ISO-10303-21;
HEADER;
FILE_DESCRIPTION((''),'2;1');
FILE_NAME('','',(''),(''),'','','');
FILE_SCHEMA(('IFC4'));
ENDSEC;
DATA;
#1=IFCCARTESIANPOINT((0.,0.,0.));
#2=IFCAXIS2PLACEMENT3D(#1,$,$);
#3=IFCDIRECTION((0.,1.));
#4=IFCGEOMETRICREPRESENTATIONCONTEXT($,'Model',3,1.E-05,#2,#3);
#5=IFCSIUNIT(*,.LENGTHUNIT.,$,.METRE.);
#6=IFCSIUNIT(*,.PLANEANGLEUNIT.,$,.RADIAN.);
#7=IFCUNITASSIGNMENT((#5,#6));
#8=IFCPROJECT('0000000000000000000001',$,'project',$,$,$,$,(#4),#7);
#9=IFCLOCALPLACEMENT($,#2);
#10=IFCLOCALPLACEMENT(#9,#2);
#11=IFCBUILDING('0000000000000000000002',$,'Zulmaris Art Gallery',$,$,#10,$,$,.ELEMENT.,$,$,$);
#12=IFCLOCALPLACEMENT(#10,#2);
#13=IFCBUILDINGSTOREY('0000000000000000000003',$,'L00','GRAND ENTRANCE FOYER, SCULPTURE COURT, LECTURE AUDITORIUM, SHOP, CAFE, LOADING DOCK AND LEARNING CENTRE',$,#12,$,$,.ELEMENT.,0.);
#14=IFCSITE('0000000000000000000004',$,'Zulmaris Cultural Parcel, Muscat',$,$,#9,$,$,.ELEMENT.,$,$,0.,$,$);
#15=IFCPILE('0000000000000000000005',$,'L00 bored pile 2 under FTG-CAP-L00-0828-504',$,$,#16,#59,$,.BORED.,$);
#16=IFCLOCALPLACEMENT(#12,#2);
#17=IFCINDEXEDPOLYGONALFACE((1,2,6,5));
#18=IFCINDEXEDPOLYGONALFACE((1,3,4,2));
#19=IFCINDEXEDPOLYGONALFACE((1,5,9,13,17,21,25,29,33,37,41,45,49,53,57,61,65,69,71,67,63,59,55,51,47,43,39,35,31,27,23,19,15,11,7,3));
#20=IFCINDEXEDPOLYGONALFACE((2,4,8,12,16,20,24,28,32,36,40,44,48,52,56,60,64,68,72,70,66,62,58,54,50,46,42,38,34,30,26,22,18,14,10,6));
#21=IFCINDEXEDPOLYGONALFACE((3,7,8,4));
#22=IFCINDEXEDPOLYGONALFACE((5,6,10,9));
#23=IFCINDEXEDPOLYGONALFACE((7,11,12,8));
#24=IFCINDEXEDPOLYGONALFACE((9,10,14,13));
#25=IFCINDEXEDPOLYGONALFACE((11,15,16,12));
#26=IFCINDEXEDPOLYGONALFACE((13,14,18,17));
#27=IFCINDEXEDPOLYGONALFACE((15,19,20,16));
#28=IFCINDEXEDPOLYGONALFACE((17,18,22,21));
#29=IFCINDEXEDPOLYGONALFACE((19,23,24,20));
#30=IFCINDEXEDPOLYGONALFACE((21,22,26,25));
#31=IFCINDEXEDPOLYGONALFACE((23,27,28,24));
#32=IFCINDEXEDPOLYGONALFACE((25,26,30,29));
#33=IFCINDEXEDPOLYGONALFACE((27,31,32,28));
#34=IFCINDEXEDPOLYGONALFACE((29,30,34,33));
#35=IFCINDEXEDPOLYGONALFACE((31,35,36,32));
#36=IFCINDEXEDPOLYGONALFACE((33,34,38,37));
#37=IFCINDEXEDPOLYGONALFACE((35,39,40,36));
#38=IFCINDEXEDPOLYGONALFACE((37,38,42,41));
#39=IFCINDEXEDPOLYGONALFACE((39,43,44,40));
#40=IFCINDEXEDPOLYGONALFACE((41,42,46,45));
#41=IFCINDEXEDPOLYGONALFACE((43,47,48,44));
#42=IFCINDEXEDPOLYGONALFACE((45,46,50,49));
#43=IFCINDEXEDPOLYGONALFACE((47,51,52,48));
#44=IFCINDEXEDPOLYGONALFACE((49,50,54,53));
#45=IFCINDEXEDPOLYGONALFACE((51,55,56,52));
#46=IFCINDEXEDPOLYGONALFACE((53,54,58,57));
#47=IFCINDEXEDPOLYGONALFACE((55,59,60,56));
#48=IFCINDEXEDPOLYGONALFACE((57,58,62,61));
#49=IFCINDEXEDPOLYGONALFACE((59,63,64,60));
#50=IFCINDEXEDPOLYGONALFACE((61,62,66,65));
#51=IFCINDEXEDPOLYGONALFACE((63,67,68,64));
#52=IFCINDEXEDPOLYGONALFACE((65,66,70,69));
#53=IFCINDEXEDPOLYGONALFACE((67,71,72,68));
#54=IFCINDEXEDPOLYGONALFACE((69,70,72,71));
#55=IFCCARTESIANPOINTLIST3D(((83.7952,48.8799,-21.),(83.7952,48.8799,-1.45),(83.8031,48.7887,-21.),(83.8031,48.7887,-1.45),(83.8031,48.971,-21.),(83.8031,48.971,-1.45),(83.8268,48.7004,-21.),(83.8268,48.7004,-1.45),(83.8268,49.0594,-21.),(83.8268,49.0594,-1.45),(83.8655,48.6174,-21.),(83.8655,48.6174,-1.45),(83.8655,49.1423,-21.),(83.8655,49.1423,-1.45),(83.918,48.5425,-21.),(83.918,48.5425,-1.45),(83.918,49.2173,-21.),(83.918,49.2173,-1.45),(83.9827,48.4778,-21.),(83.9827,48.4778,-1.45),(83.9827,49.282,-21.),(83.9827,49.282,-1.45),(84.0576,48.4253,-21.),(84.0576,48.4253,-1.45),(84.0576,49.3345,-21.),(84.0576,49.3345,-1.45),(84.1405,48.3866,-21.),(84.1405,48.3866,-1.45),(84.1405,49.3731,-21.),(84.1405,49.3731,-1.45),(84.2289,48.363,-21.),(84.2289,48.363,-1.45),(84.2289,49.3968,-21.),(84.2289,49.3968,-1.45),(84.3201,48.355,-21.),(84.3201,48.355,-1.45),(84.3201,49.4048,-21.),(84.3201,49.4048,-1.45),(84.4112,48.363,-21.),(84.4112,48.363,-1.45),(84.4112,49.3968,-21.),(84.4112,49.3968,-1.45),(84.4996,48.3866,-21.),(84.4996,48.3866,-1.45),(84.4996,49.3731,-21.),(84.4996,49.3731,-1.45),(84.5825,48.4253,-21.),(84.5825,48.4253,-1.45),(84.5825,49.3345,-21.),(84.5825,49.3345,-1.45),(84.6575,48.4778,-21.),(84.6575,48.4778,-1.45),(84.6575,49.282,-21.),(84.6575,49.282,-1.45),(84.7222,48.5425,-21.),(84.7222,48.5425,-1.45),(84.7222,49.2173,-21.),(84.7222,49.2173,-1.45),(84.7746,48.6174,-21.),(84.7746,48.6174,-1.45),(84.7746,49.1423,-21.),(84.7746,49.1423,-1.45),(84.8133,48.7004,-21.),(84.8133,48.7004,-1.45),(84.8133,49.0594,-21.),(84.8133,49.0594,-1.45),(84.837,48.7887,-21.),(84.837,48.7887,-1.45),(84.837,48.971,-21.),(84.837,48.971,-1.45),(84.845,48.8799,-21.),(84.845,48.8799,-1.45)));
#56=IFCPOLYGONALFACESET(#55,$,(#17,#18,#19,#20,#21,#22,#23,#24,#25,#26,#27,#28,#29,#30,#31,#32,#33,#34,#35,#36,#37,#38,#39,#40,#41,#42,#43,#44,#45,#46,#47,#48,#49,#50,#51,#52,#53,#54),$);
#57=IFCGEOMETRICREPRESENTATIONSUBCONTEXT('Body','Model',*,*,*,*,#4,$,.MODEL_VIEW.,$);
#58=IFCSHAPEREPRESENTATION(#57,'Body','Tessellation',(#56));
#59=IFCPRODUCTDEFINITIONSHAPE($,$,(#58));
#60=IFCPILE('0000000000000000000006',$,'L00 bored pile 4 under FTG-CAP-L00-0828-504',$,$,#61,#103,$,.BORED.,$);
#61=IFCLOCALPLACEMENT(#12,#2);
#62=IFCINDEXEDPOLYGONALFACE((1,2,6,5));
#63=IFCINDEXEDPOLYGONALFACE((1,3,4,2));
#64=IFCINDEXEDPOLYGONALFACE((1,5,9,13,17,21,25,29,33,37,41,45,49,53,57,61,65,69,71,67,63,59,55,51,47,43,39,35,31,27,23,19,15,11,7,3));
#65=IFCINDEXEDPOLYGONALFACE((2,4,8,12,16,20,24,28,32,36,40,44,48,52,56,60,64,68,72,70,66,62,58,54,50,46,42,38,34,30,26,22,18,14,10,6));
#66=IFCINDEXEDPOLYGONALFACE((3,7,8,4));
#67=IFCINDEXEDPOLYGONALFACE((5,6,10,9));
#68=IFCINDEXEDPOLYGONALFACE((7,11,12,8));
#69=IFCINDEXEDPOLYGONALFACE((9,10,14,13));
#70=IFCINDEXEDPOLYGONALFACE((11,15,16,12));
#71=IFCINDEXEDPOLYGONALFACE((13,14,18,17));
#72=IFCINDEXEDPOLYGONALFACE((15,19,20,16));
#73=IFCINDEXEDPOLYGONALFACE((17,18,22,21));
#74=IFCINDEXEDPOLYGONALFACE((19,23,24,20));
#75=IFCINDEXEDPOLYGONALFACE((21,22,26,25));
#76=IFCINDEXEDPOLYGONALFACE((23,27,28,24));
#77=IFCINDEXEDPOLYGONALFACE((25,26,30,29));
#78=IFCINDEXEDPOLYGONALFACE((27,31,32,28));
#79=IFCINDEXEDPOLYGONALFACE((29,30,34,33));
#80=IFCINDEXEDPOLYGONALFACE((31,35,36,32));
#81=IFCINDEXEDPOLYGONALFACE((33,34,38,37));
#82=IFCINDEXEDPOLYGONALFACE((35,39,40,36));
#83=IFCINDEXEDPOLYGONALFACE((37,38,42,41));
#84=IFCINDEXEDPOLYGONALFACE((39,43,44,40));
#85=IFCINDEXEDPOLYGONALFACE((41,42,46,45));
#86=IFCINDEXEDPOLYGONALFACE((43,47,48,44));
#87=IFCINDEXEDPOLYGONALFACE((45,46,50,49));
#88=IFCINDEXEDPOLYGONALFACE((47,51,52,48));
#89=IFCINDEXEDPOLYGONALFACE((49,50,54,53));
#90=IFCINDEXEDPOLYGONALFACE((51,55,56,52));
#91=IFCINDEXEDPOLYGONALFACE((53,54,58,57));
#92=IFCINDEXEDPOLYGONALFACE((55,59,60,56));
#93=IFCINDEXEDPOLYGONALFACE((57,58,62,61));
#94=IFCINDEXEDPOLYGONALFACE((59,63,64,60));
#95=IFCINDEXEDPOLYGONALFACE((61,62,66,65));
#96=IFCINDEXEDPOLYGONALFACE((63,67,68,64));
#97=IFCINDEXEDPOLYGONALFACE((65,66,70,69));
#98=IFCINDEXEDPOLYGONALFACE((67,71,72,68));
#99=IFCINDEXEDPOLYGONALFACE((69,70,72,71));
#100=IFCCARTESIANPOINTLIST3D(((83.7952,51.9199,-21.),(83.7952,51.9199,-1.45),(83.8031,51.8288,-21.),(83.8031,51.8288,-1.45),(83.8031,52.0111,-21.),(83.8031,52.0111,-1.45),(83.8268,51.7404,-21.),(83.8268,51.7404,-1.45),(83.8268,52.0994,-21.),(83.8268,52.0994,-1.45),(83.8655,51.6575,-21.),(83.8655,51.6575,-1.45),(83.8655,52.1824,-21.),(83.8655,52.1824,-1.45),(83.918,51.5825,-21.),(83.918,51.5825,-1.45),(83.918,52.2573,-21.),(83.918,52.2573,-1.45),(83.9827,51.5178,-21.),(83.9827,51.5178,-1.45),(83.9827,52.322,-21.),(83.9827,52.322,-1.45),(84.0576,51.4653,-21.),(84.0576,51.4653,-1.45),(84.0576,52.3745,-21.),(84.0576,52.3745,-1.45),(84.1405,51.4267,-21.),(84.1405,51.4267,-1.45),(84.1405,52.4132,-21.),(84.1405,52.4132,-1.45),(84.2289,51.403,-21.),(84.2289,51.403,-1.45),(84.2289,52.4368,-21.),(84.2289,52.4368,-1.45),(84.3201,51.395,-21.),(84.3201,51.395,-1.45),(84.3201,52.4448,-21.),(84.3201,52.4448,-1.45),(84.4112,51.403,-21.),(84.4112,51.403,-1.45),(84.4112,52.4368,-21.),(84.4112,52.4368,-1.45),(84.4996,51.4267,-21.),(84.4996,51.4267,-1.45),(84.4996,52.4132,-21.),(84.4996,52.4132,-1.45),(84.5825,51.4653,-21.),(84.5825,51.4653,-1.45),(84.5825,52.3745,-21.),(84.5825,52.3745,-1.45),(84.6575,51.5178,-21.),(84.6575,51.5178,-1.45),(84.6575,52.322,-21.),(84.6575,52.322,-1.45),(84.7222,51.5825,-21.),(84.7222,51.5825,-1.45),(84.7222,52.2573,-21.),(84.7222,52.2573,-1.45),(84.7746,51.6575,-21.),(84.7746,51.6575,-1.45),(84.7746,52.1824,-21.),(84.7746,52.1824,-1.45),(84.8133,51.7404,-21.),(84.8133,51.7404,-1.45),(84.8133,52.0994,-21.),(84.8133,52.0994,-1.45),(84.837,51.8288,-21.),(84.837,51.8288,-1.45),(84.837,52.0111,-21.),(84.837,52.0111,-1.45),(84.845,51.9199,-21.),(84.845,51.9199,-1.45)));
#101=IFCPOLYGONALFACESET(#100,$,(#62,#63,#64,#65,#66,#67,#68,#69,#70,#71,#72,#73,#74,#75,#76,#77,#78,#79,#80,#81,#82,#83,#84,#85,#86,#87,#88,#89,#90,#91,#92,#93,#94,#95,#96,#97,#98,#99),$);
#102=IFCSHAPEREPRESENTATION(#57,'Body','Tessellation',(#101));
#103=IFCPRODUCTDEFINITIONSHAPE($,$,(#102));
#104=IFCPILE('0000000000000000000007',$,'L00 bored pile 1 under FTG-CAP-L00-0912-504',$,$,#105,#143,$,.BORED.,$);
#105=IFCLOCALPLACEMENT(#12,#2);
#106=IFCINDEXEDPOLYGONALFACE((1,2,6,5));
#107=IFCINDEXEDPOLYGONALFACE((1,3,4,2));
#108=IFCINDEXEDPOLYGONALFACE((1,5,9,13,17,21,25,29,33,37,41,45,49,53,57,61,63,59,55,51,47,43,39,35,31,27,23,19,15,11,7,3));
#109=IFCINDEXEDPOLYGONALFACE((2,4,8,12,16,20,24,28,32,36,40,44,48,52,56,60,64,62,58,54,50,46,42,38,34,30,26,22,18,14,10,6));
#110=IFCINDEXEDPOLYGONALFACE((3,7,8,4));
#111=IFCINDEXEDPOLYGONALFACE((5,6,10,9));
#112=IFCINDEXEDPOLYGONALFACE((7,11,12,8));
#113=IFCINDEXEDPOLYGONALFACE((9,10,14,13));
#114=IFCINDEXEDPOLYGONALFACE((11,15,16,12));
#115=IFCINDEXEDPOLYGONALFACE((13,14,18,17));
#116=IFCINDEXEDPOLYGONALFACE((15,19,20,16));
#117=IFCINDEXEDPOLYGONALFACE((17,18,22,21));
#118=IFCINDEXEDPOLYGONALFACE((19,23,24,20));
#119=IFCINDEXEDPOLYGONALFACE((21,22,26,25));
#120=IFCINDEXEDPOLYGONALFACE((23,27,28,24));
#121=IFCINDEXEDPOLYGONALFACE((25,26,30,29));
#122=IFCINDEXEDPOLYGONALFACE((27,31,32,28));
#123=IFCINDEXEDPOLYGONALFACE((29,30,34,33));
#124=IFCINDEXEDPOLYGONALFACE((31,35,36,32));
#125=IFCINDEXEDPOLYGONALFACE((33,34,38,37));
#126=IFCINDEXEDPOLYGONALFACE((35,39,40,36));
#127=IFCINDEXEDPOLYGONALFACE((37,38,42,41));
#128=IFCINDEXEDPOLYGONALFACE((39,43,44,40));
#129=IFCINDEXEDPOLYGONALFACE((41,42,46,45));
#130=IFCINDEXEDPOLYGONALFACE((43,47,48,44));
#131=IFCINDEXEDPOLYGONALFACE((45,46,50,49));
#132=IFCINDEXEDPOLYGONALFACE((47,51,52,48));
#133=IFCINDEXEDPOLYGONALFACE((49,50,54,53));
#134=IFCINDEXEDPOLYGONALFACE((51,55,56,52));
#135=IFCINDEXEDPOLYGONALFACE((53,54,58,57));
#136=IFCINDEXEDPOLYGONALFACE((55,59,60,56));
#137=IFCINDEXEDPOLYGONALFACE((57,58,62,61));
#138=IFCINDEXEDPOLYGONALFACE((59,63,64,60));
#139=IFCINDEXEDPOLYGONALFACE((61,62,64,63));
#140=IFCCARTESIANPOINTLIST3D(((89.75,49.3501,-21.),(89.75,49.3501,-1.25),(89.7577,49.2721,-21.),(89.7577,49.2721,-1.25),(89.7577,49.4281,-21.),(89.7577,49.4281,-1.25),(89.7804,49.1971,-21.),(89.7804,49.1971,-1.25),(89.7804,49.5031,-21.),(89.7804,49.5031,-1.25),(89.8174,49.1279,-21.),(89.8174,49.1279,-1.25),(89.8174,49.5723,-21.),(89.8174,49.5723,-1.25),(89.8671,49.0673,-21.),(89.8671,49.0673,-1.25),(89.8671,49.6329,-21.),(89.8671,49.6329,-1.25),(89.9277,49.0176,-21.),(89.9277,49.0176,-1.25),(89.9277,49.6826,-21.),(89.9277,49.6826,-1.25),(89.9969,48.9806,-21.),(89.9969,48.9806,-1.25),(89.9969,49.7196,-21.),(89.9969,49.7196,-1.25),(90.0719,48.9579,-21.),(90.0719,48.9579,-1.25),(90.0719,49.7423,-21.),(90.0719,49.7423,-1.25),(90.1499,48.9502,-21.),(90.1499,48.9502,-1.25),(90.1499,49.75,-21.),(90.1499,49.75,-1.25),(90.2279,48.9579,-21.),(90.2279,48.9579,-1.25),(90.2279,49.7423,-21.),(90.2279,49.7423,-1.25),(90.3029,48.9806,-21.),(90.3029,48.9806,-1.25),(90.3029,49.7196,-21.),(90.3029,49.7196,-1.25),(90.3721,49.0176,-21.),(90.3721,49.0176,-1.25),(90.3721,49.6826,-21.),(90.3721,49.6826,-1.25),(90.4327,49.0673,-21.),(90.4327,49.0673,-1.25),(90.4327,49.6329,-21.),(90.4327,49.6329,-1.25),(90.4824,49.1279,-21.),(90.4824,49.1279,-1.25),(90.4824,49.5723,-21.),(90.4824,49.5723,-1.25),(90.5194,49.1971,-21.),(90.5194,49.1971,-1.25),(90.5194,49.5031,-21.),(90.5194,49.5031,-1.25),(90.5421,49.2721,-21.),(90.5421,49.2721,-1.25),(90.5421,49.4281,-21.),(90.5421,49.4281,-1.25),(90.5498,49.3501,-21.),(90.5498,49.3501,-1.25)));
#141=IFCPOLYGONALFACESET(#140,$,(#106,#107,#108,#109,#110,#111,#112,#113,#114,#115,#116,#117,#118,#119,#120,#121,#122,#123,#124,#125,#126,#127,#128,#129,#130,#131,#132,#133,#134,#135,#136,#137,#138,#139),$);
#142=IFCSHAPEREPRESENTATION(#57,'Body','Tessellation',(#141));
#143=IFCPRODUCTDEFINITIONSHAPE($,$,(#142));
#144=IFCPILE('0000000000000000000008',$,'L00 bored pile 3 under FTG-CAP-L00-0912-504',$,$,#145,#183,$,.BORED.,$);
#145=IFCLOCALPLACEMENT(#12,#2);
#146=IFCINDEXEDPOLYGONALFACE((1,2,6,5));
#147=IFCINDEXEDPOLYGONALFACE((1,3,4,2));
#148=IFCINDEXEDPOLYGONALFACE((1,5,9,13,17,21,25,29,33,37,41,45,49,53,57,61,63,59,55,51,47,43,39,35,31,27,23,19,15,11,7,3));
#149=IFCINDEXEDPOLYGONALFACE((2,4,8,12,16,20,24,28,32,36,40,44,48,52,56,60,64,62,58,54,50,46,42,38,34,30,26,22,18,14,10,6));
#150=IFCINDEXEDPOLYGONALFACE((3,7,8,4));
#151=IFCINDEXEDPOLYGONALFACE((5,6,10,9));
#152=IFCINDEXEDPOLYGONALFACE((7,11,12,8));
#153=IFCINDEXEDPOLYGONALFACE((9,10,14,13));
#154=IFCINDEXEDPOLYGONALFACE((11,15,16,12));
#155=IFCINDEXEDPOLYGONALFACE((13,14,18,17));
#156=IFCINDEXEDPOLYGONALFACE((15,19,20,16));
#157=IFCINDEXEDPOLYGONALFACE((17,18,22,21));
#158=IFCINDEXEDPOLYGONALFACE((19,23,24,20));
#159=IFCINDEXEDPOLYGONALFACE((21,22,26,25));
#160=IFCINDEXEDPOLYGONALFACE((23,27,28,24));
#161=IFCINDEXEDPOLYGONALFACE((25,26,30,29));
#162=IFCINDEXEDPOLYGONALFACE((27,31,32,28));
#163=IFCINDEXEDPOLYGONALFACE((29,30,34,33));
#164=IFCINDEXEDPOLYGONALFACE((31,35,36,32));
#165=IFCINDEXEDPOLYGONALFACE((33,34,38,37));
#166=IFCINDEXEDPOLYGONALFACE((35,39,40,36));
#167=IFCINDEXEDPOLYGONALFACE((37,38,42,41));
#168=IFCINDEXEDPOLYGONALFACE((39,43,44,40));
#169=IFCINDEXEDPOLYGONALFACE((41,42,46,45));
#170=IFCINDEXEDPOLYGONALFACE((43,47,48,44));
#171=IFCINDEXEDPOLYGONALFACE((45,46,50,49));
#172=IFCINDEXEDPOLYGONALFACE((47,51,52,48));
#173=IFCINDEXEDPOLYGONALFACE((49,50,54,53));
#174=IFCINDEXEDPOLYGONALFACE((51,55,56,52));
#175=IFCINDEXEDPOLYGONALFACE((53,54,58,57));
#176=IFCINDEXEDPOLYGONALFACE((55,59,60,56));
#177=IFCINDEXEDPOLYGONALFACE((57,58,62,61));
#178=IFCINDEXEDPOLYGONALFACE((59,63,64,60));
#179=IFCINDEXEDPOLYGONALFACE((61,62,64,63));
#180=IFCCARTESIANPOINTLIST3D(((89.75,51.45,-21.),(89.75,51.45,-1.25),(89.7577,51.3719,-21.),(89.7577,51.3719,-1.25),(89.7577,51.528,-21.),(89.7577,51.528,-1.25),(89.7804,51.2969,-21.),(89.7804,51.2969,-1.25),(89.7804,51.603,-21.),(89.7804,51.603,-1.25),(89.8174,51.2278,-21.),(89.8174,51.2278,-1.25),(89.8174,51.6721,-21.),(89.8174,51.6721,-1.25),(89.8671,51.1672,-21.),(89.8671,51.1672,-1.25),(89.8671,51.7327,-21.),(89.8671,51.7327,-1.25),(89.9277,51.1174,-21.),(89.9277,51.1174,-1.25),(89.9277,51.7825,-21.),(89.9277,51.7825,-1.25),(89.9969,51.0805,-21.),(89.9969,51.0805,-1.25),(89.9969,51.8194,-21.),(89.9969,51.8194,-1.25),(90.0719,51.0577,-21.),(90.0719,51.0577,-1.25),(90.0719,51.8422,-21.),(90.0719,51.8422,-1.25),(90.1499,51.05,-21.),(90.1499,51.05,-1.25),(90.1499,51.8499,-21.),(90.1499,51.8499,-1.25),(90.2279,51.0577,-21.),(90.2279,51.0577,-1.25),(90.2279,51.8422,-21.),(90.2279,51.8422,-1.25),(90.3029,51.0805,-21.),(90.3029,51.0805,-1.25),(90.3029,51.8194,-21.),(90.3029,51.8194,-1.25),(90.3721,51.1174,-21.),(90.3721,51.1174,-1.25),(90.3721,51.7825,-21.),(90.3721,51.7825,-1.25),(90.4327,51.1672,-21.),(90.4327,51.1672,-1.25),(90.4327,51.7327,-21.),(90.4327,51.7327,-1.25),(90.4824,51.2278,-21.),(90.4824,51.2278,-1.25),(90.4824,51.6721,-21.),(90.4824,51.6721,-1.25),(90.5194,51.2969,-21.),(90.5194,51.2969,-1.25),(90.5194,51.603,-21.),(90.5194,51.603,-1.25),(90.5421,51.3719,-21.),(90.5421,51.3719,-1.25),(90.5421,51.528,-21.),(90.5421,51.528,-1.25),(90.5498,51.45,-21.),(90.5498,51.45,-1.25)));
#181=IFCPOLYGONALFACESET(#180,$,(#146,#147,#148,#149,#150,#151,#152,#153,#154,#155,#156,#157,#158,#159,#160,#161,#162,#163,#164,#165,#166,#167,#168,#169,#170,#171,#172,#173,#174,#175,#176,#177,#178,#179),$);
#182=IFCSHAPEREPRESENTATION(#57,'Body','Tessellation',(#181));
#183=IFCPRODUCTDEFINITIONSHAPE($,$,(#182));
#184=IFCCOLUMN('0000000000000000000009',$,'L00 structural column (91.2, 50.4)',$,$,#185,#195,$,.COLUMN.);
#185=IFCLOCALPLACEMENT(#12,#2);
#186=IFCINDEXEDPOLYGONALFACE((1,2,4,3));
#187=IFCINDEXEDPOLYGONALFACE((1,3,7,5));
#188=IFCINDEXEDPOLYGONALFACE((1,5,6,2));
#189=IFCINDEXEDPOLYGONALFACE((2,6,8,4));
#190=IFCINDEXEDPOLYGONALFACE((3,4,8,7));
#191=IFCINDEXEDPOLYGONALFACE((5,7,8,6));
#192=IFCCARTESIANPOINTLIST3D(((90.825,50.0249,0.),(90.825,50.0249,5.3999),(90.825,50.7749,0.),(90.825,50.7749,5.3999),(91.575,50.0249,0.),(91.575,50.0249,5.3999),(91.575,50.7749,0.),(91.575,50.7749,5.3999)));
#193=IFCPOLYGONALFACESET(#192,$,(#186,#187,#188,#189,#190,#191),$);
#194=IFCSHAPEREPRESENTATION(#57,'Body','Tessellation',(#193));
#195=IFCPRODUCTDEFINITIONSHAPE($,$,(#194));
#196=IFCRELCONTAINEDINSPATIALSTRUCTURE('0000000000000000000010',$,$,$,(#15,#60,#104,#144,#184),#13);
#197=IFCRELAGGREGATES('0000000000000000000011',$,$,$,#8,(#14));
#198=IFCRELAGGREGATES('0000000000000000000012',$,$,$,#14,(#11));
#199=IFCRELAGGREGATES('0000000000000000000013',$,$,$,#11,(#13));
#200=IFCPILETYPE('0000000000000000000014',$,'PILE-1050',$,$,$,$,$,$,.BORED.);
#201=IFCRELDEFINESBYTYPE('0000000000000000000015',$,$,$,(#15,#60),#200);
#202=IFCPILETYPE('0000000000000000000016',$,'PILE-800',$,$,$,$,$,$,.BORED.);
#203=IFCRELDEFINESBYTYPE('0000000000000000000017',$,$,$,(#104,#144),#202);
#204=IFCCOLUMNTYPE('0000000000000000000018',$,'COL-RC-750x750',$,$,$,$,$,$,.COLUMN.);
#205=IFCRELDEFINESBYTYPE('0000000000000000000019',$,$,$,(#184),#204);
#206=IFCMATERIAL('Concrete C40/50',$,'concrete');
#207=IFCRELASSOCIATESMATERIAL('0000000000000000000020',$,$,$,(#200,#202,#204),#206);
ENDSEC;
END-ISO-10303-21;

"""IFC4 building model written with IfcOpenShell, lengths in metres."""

from ifc_helpers import new_model, si_unit, direction, frame, origin, origin_2d, place, context, subcontext, project, spatial, rectangle, circle, extrude, material, material_profile, profile_set, type_object, element, save


model = new_model("IFC4")

# Units and contexts
model_context = context("Model", 3, precision=1e-05, world=origin(), true_north=direction((0.0, 1.0)))
body_context = subcontext(model_context, "Body", "Model", "MODEL_VIEW")
ifc_project = project(units=[si_unit("LENGTHUNIT", "METRE"), si_unit("PLANEANGLEUNIT", "RADIAN")], contexts=[model_context])

# Site, building, storey
site_placement = place(None, origin())
site = spatial("IfcSite", under=ifc_project, at=site_placement, Name="Zulmaris Cultural Parcel, Muscat", CompositionType="ELEMENT", RefElevation=0.0)
building_placement = place(site_placement, origin())
building = spatial("IfcBuilding", under=site, at=building_placement, Name="Zulmaris Art Gallery", CompositionType="ELEMENT")
storey_placement = place(building_placement, origin())
storey = spatial("IfcBuildingStorey", under=building, at=storey_placement, Name="L00", Description="GRAND ENTRANCE FOYER, SCULPTURE COURT, LECTURE AUDITORIUM, SHOP, CAFE, LOADING DOCK AND LEARNING CENTRE", CompositionType="ELEMENT", Elevation=0.0)

# Piles
ifc_material_1 = material(Name="Concrete C40/50", Category="concrete")
ifc_material_profile_1 = material_profile(ifc_material_1, circle(Radius=0.5249, at=origin_2d()), Name="PILE DIA 1050")
ifc_profile_set_1 = profile_set([ifc_material_profile_1], Name="Concrete C40/50")
pile_type_1 = type_object("IfcPileType", Name="PILE-1050", PredefinedType="BORED", material=ifc_profile_set_1)
for number, where, z_axis, x_axis, name in (
    (1, (84.3201, 48.8799, -1.45), (0.0, 0.0, -1.0), (1.0, 0.0, 0.0), "L00 bored pile 2 under FTG-CAP-L00-0828-504"),
    (2, (84.3201, 51.9199, -1.45), (0.0, 0.0, -1.0), (1.0, 0.0, 0.0), "L00 bored pile 4 under FTG-CAP-L00-0828-504"),
):
    element("IfcPile", number, at=place(storey_placement, frame(where, z_axis=z_axis, x_axis=x_axis)), inside=storey, type_object=pile_type_1, Name=name, PredefinedType="BORED", context=body_context, shape_type="SweptSolid", body=[
        extrude(circle(Radius=0.5249, at=origin_2d()), origin(), (0.0, 0.0, 1.0), 19.55),
    ])
ifc_material_profile_2 = material_profile(ifc_material_1, circle(Radius=0.3999, at=origin_2d()), Name="PILE DIA 800")
ifc_profile_set_2 = profile_set([ifc_material_profile_2], Name="Concrete C40/50")
pile_type_2 = type_object("IfcPileType", Name="PILE-800", PredefinedType="BORED", material=ifc_profile_set_2)
for number, where, z_axis, x_axis, name in (
    (3, (90.1499, 49.3501, -1.25), (0.0, 0.0, -1.0), (1.0, 0.0, 0.0), "L00 bored pile 1 under FTG-CAP-L00-0912-504"),
    (4, (90.1499, 51.45, -1.25), (0.0, 0.0, -1.0), (1.0, 0.0, 0.0), "L00 bored pile 3 under FTG-CAP-L00-0912-504"),
):
    element("IfcPile", number, at=place(storey_placement, frame(where, z_axis=z_axis, x_axis=x_axis)), inside=storey, type_object=pile_type_2, Name=name, PredefinedType="BORED", context=body_context, shape_type="SweptSolid", body=[
        extrude(circle(Radius=0.3999, at=origin_2d()), origin(), (0.0, 0.0, 1.0), 19.75),
    ])

# Column
ifc_material_profile_3 = material_profile(ifc_material_1, rectangle(XDim=0.75, YDim=0.75, at=origin_2d()), Name="RC 750x750")
ifc_profile_set_3 = profile_set([ifc_material_profile_3], Name="Concrete C40/50")
column_type_1 = type_object("IfcColumnType", Name="COL-RC-750x750", PredefinedType="COLUMN", material=ifc_profile_set_3)
column_1_placement = place(storey_placement, frame((91.2, 50.3999, 0.0), z_axis=(0.0, 0.0, 1.0), x_axis=(1.0, 0.0, 0.0)))
element("IfcColumn", 5, at=column_1_placement, inside=storey, type_object=column_type_1, Name="L00 structural column (91.2, 50.4)", PredefinedType="COLUMN", context=body_context, shape_type="SweptSolid", body=[
    extrude(rectangle(XDim=0.75, YDim=0.75, at=origin_2d()), origin(), (0.0, 0.0, 1.0), 5.3999),
])

save(model, "model.ifc")
